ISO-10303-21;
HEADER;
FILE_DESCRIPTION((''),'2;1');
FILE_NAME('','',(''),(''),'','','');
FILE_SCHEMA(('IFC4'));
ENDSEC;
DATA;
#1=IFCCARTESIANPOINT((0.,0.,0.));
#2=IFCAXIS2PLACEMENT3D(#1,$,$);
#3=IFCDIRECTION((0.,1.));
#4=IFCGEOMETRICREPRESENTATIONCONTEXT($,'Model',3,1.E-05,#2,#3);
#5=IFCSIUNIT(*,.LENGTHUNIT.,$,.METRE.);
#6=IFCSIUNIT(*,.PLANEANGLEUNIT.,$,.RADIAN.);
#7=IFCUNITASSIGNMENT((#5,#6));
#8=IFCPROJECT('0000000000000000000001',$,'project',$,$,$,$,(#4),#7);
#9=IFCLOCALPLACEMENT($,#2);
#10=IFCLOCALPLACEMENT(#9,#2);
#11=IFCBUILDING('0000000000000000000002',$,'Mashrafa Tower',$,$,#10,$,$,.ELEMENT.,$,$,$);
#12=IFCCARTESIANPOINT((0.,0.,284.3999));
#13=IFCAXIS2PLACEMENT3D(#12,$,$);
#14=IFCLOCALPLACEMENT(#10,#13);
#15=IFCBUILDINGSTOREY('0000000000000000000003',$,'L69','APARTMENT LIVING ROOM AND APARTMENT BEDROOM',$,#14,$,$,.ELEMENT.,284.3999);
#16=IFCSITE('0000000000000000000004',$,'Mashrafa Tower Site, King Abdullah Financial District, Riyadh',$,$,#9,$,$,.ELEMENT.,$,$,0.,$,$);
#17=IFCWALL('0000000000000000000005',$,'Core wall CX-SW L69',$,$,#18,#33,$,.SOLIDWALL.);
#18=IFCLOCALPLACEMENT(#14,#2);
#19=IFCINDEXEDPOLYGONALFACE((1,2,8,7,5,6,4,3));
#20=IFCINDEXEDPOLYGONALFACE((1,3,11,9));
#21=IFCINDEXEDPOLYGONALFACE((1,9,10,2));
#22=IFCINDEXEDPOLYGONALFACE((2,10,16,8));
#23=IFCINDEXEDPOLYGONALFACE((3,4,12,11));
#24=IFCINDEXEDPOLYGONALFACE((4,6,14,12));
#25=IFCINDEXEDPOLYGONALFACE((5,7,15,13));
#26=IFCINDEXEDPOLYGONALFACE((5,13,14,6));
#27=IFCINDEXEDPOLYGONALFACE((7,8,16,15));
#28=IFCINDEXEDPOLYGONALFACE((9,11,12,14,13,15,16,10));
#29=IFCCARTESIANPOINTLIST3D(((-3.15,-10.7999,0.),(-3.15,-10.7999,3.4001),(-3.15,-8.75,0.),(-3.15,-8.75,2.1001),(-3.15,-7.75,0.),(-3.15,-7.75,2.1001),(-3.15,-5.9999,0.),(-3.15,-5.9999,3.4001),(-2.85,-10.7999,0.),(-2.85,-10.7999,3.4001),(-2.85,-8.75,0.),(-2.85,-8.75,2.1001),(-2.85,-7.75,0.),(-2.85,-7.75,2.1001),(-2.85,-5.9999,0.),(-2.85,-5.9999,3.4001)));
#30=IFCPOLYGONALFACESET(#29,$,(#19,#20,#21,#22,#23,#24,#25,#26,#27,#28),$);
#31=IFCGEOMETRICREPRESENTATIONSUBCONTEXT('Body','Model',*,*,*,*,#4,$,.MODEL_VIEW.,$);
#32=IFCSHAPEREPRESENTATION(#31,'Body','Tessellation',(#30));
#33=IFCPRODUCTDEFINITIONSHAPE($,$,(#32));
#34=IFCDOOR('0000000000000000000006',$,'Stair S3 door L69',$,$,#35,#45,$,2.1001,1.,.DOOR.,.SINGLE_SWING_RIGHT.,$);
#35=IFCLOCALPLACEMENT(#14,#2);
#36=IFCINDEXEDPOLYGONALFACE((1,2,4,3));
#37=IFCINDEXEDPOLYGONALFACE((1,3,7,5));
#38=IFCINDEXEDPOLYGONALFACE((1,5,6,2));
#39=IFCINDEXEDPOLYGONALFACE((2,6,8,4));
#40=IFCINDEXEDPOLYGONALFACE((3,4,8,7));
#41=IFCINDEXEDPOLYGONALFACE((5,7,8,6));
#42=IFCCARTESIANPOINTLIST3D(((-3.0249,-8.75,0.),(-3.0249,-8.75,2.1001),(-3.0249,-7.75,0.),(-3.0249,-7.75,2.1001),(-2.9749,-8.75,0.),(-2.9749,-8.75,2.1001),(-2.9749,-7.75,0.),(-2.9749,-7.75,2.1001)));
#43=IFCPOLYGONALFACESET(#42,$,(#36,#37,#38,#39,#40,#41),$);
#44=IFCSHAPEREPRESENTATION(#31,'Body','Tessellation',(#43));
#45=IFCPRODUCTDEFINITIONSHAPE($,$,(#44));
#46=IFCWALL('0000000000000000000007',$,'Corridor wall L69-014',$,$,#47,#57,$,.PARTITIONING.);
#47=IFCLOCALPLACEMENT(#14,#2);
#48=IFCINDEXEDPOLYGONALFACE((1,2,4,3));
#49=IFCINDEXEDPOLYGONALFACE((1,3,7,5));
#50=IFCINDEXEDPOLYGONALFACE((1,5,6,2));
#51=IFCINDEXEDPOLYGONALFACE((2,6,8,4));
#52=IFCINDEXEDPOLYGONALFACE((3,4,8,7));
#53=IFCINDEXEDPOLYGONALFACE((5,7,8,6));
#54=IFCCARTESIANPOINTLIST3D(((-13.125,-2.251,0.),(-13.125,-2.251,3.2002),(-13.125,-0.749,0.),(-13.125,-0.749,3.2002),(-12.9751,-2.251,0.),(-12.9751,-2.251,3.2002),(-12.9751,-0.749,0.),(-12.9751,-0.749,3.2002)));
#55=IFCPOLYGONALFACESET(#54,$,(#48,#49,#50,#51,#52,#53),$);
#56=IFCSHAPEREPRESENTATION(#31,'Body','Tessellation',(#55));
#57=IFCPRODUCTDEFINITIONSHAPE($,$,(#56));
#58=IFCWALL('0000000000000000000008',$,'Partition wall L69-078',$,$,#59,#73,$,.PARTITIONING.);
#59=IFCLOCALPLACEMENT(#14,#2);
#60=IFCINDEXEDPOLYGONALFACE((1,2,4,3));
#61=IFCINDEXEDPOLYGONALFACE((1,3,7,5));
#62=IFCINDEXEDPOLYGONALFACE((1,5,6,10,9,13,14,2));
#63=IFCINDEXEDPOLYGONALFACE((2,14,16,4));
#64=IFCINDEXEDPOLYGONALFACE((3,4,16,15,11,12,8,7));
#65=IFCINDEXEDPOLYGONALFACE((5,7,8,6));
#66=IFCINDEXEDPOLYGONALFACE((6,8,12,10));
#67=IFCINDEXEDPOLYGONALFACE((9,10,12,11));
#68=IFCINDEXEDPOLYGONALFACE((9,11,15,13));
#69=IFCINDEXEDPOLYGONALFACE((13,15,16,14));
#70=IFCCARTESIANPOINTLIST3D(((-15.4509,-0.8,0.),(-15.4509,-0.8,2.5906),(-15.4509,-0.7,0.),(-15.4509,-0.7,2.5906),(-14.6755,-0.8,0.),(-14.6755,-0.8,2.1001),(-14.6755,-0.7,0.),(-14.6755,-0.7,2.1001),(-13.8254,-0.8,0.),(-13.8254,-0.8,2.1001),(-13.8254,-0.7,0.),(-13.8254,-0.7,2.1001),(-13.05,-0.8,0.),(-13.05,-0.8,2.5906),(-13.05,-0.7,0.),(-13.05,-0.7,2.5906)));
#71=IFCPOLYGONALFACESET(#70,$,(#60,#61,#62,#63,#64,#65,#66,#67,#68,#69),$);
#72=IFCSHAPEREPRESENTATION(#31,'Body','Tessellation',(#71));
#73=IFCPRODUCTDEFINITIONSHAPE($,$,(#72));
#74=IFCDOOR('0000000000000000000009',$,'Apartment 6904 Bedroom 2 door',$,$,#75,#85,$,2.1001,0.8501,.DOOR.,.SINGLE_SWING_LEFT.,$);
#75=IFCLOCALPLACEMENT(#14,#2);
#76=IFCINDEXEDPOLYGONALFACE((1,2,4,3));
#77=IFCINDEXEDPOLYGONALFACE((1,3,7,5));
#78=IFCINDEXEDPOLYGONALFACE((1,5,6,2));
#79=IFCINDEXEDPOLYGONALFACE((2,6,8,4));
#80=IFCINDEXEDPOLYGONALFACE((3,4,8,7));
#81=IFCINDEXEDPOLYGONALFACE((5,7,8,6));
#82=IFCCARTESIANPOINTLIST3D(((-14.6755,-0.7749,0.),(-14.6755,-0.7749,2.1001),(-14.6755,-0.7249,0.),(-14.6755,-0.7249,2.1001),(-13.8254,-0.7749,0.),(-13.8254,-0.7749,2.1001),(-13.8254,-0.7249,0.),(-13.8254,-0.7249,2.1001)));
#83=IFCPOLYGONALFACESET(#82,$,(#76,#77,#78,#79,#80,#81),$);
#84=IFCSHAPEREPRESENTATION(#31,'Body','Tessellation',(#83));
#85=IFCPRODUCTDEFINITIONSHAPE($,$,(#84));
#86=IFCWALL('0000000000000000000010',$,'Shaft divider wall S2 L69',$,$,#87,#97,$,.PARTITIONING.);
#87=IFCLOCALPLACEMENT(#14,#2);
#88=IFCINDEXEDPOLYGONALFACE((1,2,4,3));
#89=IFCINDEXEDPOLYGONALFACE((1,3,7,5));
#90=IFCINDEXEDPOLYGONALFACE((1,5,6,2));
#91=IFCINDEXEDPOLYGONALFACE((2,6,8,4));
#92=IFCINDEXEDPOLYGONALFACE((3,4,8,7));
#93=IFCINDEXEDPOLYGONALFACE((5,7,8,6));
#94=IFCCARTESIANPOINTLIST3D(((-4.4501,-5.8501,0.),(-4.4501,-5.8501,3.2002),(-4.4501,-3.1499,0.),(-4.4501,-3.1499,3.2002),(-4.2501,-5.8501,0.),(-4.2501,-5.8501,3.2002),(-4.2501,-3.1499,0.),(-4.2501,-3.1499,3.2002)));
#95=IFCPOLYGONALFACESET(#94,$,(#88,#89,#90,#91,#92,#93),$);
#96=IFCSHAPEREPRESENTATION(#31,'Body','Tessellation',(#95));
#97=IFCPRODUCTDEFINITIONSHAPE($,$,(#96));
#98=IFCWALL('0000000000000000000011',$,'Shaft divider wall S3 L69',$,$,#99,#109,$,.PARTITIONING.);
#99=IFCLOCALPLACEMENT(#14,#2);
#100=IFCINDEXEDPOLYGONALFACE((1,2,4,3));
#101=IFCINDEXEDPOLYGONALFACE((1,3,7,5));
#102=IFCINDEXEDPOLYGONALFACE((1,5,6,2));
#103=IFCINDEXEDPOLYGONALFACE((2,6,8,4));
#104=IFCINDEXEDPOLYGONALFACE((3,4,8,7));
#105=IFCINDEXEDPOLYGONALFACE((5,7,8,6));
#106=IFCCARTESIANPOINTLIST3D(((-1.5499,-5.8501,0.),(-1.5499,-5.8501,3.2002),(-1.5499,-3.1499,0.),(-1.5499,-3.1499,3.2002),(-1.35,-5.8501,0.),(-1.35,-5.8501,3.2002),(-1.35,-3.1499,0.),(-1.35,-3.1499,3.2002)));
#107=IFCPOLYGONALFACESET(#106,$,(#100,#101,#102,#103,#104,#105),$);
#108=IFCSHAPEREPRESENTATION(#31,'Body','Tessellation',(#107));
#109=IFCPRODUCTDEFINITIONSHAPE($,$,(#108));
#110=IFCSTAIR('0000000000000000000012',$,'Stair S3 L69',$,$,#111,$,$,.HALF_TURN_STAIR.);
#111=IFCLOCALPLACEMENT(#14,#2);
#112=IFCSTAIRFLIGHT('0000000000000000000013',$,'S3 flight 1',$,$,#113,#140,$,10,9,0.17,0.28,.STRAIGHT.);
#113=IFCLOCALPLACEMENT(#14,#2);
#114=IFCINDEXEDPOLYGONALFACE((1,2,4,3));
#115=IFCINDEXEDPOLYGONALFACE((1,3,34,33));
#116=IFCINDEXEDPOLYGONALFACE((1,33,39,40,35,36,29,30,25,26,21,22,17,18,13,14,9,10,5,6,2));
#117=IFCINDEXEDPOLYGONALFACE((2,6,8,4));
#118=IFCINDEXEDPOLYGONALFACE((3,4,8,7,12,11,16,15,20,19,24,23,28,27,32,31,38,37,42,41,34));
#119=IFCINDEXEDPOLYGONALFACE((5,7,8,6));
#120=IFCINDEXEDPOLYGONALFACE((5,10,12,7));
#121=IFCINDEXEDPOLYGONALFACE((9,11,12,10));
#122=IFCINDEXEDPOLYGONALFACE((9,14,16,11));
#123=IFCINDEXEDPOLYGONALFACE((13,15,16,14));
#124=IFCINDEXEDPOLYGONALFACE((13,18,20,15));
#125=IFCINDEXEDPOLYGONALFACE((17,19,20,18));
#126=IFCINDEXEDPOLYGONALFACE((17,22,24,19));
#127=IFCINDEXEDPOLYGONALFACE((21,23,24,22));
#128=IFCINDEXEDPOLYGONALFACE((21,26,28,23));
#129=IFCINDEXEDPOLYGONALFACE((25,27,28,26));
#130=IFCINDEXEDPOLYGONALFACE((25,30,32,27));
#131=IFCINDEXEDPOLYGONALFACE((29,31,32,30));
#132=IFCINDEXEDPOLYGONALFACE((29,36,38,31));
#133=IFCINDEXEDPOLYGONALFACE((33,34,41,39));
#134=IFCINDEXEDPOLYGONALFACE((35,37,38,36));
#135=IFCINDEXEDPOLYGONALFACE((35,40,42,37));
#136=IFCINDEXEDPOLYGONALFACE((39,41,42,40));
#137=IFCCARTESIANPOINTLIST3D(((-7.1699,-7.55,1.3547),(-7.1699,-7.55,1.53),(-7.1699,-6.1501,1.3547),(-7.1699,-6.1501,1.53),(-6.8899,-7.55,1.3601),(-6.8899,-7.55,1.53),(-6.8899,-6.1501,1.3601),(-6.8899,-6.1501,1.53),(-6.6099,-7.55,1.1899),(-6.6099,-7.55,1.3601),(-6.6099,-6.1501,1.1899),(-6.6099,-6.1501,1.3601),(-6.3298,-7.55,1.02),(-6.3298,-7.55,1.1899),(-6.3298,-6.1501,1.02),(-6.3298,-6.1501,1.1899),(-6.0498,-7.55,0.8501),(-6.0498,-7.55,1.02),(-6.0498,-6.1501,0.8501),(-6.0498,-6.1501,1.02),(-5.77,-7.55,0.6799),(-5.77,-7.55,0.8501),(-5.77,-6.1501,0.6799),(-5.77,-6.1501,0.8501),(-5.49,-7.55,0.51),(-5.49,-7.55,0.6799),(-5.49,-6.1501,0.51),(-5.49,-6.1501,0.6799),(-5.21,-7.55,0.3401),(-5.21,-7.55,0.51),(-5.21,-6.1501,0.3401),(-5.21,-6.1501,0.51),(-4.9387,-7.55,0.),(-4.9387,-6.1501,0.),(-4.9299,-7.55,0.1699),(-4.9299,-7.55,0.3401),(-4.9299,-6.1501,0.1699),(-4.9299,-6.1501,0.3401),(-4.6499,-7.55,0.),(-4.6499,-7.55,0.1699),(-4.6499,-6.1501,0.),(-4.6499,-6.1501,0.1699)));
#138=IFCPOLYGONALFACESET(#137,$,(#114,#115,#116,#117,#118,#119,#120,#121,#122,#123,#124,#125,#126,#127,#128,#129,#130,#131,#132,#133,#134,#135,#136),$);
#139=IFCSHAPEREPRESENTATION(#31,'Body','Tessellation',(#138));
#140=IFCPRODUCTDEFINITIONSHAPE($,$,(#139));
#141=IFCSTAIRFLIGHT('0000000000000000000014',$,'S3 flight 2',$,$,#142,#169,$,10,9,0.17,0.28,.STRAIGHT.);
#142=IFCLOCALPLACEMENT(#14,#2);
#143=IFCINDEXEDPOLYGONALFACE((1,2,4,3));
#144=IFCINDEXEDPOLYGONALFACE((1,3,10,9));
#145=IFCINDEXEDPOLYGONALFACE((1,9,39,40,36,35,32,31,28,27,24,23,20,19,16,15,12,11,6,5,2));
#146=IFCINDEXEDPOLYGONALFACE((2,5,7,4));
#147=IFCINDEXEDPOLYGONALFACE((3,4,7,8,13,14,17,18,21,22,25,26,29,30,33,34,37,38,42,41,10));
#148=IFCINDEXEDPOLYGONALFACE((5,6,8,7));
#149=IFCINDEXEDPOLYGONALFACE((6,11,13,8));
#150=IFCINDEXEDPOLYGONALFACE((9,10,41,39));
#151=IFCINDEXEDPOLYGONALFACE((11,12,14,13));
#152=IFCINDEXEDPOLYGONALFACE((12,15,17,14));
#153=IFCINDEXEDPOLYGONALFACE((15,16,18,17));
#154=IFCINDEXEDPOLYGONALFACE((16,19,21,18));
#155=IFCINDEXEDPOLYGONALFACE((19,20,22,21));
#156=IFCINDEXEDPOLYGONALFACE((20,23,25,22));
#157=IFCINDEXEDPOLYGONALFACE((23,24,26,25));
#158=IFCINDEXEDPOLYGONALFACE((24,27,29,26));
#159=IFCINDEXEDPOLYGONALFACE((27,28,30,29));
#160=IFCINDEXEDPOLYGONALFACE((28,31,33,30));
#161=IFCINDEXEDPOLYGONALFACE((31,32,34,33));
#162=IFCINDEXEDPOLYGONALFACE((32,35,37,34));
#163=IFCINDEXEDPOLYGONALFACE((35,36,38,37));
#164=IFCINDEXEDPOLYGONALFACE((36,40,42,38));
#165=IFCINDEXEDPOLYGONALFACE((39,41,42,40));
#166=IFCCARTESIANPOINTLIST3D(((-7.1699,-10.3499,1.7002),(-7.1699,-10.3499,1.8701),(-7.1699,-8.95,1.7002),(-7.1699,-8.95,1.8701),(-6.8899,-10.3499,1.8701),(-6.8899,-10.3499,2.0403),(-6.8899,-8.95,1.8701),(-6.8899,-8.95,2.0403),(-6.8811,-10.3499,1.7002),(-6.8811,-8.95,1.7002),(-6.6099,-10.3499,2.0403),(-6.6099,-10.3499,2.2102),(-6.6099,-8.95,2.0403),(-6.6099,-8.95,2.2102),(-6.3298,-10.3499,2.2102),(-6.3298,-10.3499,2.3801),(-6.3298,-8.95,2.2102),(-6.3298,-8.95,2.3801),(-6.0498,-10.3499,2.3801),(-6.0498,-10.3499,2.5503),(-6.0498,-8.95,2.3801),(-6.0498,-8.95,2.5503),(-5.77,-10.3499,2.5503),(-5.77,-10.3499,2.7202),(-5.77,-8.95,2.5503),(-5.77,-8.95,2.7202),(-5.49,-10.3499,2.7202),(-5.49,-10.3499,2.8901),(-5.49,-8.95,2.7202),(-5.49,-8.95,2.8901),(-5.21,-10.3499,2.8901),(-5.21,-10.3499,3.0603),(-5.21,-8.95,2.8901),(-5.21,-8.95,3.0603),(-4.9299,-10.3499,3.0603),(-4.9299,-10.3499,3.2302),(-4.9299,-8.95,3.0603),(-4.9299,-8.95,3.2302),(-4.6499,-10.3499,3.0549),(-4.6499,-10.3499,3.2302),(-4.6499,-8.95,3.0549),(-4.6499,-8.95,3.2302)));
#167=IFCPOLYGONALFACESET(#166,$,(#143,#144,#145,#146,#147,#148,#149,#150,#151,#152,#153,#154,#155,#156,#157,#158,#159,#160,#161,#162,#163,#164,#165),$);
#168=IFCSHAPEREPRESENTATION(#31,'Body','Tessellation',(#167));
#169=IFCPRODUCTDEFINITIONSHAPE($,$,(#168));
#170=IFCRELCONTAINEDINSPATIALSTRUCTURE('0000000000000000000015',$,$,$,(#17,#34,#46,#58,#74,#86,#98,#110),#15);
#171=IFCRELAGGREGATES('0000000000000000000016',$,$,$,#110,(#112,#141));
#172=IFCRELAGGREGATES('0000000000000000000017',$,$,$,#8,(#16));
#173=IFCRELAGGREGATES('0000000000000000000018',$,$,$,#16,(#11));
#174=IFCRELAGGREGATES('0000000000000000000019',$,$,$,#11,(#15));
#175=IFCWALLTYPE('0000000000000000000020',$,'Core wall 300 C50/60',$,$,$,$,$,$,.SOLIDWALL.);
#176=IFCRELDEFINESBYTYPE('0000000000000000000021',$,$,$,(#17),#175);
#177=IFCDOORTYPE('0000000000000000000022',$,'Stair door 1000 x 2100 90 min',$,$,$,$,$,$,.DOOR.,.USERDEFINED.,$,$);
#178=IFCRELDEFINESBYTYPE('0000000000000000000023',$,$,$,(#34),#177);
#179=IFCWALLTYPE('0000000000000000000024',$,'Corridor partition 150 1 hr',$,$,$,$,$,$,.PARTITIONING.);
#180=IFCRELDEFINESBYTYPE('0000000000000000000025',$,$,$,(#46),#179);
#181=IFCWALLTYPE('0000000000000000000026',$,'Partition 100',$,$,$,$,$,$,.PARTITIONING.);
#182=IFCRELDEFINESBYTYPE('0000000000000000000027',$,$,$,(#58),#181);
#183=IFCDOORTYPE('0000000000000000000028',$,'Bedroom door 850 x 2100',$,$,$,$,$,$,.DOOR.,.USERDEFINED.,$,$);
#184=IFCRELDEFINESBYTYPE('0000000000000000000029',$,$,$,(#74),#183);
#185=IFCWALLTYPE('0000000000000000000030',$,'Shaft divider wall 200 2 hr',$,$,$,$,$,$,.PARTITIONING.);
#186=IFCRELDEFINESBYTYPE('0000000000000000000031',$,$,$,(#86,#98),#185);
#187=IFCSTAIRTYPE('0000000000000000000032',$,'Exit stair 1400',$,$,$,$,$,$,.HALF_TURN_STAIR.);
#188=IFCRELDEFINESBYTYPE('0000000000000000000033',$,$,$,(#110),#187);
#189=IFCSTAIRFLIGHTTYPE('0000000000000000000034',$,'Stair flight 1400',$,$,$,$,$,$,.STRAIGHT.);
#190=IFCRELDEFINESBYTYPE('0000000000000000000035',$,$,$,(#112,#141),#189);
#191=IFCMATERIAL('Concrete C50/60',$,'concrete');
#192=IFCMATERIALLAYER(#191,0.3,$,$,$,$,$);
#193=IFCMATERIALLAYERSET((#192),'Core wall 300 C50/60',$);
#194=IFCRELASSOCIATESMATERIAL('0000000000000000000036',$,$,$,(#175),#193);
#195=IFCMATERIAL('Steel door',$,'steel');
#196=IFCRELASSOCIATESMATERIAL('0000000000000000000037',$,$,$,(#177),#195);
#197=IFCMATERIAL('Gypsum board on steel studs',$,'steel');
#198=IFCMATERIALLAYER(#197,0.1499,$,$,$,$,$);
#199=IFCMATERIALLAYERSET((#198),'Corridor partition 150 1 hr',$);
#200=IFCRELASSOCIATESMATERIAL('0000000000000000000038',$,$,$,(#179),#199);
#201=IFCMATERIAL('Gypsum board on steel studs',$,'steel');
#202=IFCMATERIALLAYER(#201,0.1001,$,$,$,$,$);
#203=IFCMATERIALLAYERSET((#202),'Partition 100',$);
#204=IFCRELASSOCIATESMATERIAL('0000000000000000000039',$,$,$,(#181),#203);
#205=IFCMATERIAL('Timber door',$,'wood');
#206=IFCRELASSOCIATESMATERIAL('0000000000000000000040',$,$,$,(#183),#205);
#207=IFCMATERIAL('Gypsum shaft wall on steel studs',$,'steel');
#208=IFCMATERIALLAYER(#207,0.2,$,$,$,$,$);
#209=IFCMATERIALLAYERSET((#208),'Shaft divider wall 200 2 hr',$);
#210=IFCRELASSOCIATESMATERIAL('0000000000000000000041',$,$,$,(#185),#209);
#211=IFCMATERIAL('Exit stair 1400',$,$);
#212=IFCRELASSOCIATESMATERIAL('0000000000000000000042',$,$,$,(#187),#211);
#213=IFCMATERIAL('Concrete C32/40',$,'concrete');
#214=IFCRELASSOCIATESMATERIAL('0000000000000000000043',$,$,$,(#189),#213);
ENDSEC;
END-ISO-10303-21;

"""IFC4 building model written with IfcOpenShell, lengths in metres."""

from ifc_helpers import new_model, si_unit, direction, frame, frame_2d, origin, place, context, subcontext, project, spatial, polyline, rectangle, outline, extrude, material, layer, layer_set, type_object, element, fill, aggregate, save


model = new_model("IFC4")

# Units and contexts
model_context = context("Model", 3, precision=1e-05, world=origin(), true_north=direction((0.0, 1.0)))
body_context = subcontext(model_context, "Body", "Model", "MODEL_VIEW")
ifc_project = project(units=[si_unit("LENGTHUNIT", "METRE"), si_unit("PLANEANGLEUNIT", "RADIAN")], contexts=[model_context])

# Site, building, storey
site_placement = place(None, origin())
site = spatial("IfcSite", under=ifc_project, at=site_placement, Name="Mashrafa Tower Site, King Abdullah Financial District, Riyadh", CompositionType="ELEMENT", RefElevation=0.0)
building_placement = place(site_placement, origin())
building = spatial("IfcBuilding", under=site, at=building_placement, Name="Mashrafa Tower", CompositionType="ELEMENT")
storey_placement = place(building_placement, frame((0.0, 0.0, 284.3999)))
storey = spatial("IfcBuildingStorey", under=building, at=storey_placement, Name="L69", Description="APARTMENT LIVING ROOM AND APARTMENT BEDROOM", CompositionType="ELEMENT", Elevation=284.3999)

# Shared definitions
ifc_material_1 = material(Name="Concrete C50/60", Category="concrete")
ifc_layer_1 = layer(ifc_material_1, 0.3)
ifc_layer_set_1 = layer_set([ifc_layer_1], Name="Core wall 300 C50/60")
wall_type_1 = type_object("IfcWallType", Name="Core wall 300 C50/60", PredefinedType="SOLIDWALL", material=ifc_layer_set_1)

# Wall, opening, door
wall_1_placement = place(storey_placement, frame((-3.0, -6.0, 0.0), z_axis=(0.0, 0.0, 1.0), x_axis=(0.0, -1.0, 0.0)))
wall_1 = element("IfcWall", 1, at=wall_1_placement, inside=storey, type_object=wall_type_1, Name="Core wall CX-SW L69", PredefinedType="SOLIDWALL", context=body_context, shape_type="SweptSolid", body=[
    extrude(rectangle(XDim=4.8, YDim=0.3, at=frame_2d((2.3999, 0.0))), origin(), (0.0, 0.0, 1.0), 3.4001),
])
opening_1_placement = place(wall_1_placement, frame((1.75, 0.0, 0.0)))
opening_1 = element("IfcOpeningElement", 2, at=opening_1_placement, cuts=wall_1, PredefinedType="OPENING", context=body_context, shape_type="SweptSolid", body=[
    extrude(rectangle(XDim=1.0, YDim=2.1001, at=frame_2d((0.5, 1.05))), frame((0.0, 0.1599, 0.0), z_axis=(0.0, -1.0, 0.0), x_axis=(1.0, 0.0, 0.0)), (0.0, 0.0, 1.0), 0.3201),
])
ifc_material_2 = material(Name="Steel door", Category="steel")
door_type_1 = type_object("IfcDoorType", Name="Stair door 1000 x 2100 90 min", OperationType="USERDEFINED", PredefinedType="DOOR", material=ifc_material_2)
door_1_placement = place(opening_1_placement, frame((1.0, 0.0, 0.0), z_axis=(0.0, 0.0, 1.0), x_axis=(-1.0, 0.0, 0.0)))
door_1 = element("IfcDoor", 3, at=door_1_placement, inside=storey, type_object=door_type_1, Name="Stair S3 door L69", OperationType="SINGLE_SWING_RIGHT", OverallHeight=2.1001, OverallWidth=1.0, PredefinedType="DOOR", context=body_context, shape_type="SweptSolid", body=[
    extrude(rectangle(XDim=1.0, YDim=2.1001, at=frame_2d((0.5, 1.05))), frame((0.0, 0.0249, 0.0), z_axis=(0.0, -1.0, 0.0), x_axis=(1.0, 0.0, 0.0)), (0.0, 0.0, 1.0), 0.05),
])
fill(opening_1, door_1)

# Wall
ifc_material_3 = material(Name="Gypsum board on steel studs", Category="steel")
ifc_layer_2 = layer(ifc_material_3, 0.1499)
ifc_layer_set_2 = layer_set([ifc_layer_2], Name="Corridor partition 150 1 hr")
wall_type_2 = type_object("IfcWallType", Name="Corridor partition 150 1 hr", PredefinedType="PARTITIONING", material=ifc_layer_set_2)
wall_2_placement = place(storey_placement, frame((-13.05, -0.749, 0.0), z_axis=(0.0, 0.0, 1.0), x_axis=(0.0, -1.0, 0.0)))
element("IfcWall", 4, at=wall_2_placement, inside=storey, type_object=wall_type_2, Name="Corridor wall L69-014", PredefinedType="PARTITIONING", context=body_context, shape_type="SweptSolid", body=[
    extrude(rectangle(XDim=1.502, YDim=0.1499, at=frame_2d((0.751, 0.0))), origin(), (0.0, 0.0, 1.0), 3.2002),
])

# Wall, opening, door
ifc_material_4 = material(Name="Gypsum board on steel studs", Category="steel")
ifc_layer_3 = layer(ifc_material_4, 0.1001)
ifc_layer_set_3 = layer_set([ifc_layer_3], Name="Partition 100")
wall_type_3 = type_object("IfcWallType", Name="Partition 100", PredefinedType="PARTITIONING", material=ifc_layer_set_3)
wall_3_placement = place(storey_placement, frame((-13.05, -0.75, 0.0), z_axis=(0.0, 0.0, 1.0), x_axis=(-1.0, 0.0, 0.0)))
wall_3 = element("IfcWall", 5, at=wall_3_placement, inside=storey, type_object=wall_type_3, Name="Partition wall L69-078", PredefinedType="PARTITIONING", context=body_context, shape_type="SweptSolid", body=[
    extrude(rectangle(XDim=2.4009, YDim=0.1001, at=frame_2d((1.2004, 0.0))), origin(), (0.0, 0.0, 1.0), 2.5906),
])
opening_2_placement = place(wall_3_placement, frame((0.7754, 0.0, 0.0)))
opening_2 = element("IfcOpeningElement", 6, at=opening_2_placement, cuts=wall_3, PredefinedType="OPENING", context=body_context, shape_type="SweptSolid", body=[
    extrude(rectangle(XDim=0.8501, YDim=2.1001, at=frame_2d((0.425, 1.05))), frame((0.0, 0.0601, 0.0), z_axis=(0.0, -1.0, 0.0), x_axis=(1.0, 0.0, 0.0)), (0.0, 0.0, 1.0), 0.1201),
])
ifc_material_5 = material(Name="Timber door", Category="wood")
door_type_2 = type_object("IfcDoorType", Name="Bedroom door 850 x 2100", OperationType="USERDEFINED", PredefinedType="DOOR", material=ifc_material_5)
door_2_placement = place(opening_2_placement, origin())
door_2 = element("IfcDoor", 7, at=door_2_placement, inside=storey, type_object=door_type_2, Name="Apartment 6904 Bedroom 2 door", OperationType="SINGLE_SWING_LEFT", OverallHeight=2.1001, OverallWidth=0.8501, PredefinedType="DOOR", context=body_context, shape_type="SweptSolid", body=[
    extrude(rectangle(XDim=0.8501, YDim=2.1001, at=frame_2d((0.425, 1.05))), frame((0.0, 0.0249, 0.0), z_axis=(0.0, -1.0, 0.0), x_axis=(1.0, 0.0, 0.0)), (0.0, 0.0, 1.0), 0.05),
])
fill(opening_2, door_2)

# Walls
ifc_material_6 = material(Name="Gypsum shaft wall on steel studs", Category="steel")
ifc_layer_4 = layer(ifc_material_6, 0.2)
ifc_layer_set_4 = layer_set([ifc_layer_4], Name="Shaft divider wall 200 2 hr")
wall_type_4 = type_object("IfcWallType", Name="Shaft divider wall 200 2 hr", PredefinedType="PARTITIONING", material=ifc_layer_set_4)
for number, where, z_axis, x_axis, name in (
    (8, (-4.3501, -5.8501, 0.0), (0.0, 0.0, 1.0), (0.0, 1.0, 0.0), "Shaft divider wall S2 L69"),
    (9, (-1.45, -5.8501, 0.0), (0.0, 0.0, 1.0), (0.0, 1.0, 0.0), "Shaft divider wall S3 L69"),
):
    element("IfcWall", number, at=place(storey_placement, frame(where, z_axis=z_axis, x_axis=x_axis)), inside=storey, type_object=wall_type_4, Name=name, PredefinedType="PARTITIONING", context=body_context, shape_type="SweptSolid", body=[
        extrude(rectangle(XDim=2.7002, YDim=0.2, at=frame_2d((1.3501, 0.0))), origin(), (0.0, 0.0, 1.0), 3.2002),
    ])

# Stair, stair flights
ifc_material_7 = material(Name="Exit stair 1400")
stair_type = type_object("IfcStairType", Name="Exit stair 1400", PredefinedType="HALF_TURN_STAIR", material=ifc_material_7)
stair_placement = place(storey_placement, origin())
stair = element("IfcStair", 10, at=stair_placement, inside=storey, type_object=stair_type, Name="Stair S3 L69", PredefinedType="HALF_TURN_STAIR")
ifc_material_8 = material(Name="Concrete C32/40", Category="concrete")
stair_flight_type = type_object("IfcStairFlightType", Name="Stair flight 1400", PredefinedType="STRAIGHT", material=ifc_material_8)
stair_flight_1_placement = place(storey_placement, frame((-4.6499, -6.8501, 0.0), z_axis=(0.0, 0.0, 1.0), x_axis=(-1.0, 0.0, 0.0)))
stair_flight_1 = element("IfcStairFlight", 11, at=stair_flight_1_placement, type_object=stair_flight_type, Name="S3 flight 1", NumberOfRisers=10, NumberOfTreads=9, PredefinedType="STRAIGHT", RiserHeight=0.17, TreadLength=0.28, context=body_context, shape_type="SweptSolid", body=[
    extrude(outline(polyline([(0.0, 0.0), (0.0, 0.1699), (0.28, 0.1699), (0.28, 0.3401), (0.5601, 0.3401), (0.5601, 0.51), (0.8401, 0.51), (0.8401, 0.6799), (1.1201, 0.6799), (1.1201, 0.8501), (1.3999, 0.8501), (1.3999, 1.02), (1.6799, 1.02), (1.6799, 1.1899), (1.96, 1.1899), (1.96, 1.3601), (2.24, 1.3601), (2.24, 1.53), (2.52, 1.53), (2.52, 1.7), (2.52, 1.3547), (0.2888, 0.0), (0.0, 0.0)])), frame((0.0, 0.7, 0.0), z_axis=(0.0, -1.0, 0.0), x_axis=(1.0, 0.0, 0.0)), (0.0, 0.0, 1.0), 1.3999),
])
stair_flight_2_placement = place(storey_placement, frame((-7.1699, -9.6499, 1.7002), z_axis=(0.0, 0.0, 1.0), x_axis=(1.0, 0.0, 0.0)))
stair_flight_2 = element("IfcStairFlight", 12, at=stair_flight_2_placement, type_object=stair_flight_type, Name="S3 flight 2", NumberOfRisers=10, NumberOfTreads=9, PredefinedType="STRAIGHT", RiserHeight=0.17, TreadLength=0.28, context=body_context, shape_type="SweptSolid", body=[
    extrude(outline(polyline([(0.0, 0.0), (0.0, 0.1699), (0.28, 0.1699), (0.28, 0.3401), (0.5601, 0.3401), (0.5601, 0.51), (0.8401, 0.51), (0.8401, 0.6799), (1.1201, 0.6799), (1.1201, 0.8501), (1.3999, 0.8501), (1.3999, 1.02), (1.6799, 1.02), (1.6799, 1.1899), (1.96, 1.1899), (1.96, 1.3601), (2.24, 1.3601), (2.24, 1.53), (2.52, 1.53), (2.52, 1.7), (2.52, 1.3547), (0.2888, 0.0), (0.0, 0.0)])), frame((0.0, 0.7, 0.0), z_axis=(0.0, -1.0, 0.0), x_axis=(1.0, 0.0, 0.0)), (0.0, 0.0, 1.0), 1.3999),
])
aggregate(stair, [stair_flight_1, stair_flight_2])

save(model, "model.ifc")
